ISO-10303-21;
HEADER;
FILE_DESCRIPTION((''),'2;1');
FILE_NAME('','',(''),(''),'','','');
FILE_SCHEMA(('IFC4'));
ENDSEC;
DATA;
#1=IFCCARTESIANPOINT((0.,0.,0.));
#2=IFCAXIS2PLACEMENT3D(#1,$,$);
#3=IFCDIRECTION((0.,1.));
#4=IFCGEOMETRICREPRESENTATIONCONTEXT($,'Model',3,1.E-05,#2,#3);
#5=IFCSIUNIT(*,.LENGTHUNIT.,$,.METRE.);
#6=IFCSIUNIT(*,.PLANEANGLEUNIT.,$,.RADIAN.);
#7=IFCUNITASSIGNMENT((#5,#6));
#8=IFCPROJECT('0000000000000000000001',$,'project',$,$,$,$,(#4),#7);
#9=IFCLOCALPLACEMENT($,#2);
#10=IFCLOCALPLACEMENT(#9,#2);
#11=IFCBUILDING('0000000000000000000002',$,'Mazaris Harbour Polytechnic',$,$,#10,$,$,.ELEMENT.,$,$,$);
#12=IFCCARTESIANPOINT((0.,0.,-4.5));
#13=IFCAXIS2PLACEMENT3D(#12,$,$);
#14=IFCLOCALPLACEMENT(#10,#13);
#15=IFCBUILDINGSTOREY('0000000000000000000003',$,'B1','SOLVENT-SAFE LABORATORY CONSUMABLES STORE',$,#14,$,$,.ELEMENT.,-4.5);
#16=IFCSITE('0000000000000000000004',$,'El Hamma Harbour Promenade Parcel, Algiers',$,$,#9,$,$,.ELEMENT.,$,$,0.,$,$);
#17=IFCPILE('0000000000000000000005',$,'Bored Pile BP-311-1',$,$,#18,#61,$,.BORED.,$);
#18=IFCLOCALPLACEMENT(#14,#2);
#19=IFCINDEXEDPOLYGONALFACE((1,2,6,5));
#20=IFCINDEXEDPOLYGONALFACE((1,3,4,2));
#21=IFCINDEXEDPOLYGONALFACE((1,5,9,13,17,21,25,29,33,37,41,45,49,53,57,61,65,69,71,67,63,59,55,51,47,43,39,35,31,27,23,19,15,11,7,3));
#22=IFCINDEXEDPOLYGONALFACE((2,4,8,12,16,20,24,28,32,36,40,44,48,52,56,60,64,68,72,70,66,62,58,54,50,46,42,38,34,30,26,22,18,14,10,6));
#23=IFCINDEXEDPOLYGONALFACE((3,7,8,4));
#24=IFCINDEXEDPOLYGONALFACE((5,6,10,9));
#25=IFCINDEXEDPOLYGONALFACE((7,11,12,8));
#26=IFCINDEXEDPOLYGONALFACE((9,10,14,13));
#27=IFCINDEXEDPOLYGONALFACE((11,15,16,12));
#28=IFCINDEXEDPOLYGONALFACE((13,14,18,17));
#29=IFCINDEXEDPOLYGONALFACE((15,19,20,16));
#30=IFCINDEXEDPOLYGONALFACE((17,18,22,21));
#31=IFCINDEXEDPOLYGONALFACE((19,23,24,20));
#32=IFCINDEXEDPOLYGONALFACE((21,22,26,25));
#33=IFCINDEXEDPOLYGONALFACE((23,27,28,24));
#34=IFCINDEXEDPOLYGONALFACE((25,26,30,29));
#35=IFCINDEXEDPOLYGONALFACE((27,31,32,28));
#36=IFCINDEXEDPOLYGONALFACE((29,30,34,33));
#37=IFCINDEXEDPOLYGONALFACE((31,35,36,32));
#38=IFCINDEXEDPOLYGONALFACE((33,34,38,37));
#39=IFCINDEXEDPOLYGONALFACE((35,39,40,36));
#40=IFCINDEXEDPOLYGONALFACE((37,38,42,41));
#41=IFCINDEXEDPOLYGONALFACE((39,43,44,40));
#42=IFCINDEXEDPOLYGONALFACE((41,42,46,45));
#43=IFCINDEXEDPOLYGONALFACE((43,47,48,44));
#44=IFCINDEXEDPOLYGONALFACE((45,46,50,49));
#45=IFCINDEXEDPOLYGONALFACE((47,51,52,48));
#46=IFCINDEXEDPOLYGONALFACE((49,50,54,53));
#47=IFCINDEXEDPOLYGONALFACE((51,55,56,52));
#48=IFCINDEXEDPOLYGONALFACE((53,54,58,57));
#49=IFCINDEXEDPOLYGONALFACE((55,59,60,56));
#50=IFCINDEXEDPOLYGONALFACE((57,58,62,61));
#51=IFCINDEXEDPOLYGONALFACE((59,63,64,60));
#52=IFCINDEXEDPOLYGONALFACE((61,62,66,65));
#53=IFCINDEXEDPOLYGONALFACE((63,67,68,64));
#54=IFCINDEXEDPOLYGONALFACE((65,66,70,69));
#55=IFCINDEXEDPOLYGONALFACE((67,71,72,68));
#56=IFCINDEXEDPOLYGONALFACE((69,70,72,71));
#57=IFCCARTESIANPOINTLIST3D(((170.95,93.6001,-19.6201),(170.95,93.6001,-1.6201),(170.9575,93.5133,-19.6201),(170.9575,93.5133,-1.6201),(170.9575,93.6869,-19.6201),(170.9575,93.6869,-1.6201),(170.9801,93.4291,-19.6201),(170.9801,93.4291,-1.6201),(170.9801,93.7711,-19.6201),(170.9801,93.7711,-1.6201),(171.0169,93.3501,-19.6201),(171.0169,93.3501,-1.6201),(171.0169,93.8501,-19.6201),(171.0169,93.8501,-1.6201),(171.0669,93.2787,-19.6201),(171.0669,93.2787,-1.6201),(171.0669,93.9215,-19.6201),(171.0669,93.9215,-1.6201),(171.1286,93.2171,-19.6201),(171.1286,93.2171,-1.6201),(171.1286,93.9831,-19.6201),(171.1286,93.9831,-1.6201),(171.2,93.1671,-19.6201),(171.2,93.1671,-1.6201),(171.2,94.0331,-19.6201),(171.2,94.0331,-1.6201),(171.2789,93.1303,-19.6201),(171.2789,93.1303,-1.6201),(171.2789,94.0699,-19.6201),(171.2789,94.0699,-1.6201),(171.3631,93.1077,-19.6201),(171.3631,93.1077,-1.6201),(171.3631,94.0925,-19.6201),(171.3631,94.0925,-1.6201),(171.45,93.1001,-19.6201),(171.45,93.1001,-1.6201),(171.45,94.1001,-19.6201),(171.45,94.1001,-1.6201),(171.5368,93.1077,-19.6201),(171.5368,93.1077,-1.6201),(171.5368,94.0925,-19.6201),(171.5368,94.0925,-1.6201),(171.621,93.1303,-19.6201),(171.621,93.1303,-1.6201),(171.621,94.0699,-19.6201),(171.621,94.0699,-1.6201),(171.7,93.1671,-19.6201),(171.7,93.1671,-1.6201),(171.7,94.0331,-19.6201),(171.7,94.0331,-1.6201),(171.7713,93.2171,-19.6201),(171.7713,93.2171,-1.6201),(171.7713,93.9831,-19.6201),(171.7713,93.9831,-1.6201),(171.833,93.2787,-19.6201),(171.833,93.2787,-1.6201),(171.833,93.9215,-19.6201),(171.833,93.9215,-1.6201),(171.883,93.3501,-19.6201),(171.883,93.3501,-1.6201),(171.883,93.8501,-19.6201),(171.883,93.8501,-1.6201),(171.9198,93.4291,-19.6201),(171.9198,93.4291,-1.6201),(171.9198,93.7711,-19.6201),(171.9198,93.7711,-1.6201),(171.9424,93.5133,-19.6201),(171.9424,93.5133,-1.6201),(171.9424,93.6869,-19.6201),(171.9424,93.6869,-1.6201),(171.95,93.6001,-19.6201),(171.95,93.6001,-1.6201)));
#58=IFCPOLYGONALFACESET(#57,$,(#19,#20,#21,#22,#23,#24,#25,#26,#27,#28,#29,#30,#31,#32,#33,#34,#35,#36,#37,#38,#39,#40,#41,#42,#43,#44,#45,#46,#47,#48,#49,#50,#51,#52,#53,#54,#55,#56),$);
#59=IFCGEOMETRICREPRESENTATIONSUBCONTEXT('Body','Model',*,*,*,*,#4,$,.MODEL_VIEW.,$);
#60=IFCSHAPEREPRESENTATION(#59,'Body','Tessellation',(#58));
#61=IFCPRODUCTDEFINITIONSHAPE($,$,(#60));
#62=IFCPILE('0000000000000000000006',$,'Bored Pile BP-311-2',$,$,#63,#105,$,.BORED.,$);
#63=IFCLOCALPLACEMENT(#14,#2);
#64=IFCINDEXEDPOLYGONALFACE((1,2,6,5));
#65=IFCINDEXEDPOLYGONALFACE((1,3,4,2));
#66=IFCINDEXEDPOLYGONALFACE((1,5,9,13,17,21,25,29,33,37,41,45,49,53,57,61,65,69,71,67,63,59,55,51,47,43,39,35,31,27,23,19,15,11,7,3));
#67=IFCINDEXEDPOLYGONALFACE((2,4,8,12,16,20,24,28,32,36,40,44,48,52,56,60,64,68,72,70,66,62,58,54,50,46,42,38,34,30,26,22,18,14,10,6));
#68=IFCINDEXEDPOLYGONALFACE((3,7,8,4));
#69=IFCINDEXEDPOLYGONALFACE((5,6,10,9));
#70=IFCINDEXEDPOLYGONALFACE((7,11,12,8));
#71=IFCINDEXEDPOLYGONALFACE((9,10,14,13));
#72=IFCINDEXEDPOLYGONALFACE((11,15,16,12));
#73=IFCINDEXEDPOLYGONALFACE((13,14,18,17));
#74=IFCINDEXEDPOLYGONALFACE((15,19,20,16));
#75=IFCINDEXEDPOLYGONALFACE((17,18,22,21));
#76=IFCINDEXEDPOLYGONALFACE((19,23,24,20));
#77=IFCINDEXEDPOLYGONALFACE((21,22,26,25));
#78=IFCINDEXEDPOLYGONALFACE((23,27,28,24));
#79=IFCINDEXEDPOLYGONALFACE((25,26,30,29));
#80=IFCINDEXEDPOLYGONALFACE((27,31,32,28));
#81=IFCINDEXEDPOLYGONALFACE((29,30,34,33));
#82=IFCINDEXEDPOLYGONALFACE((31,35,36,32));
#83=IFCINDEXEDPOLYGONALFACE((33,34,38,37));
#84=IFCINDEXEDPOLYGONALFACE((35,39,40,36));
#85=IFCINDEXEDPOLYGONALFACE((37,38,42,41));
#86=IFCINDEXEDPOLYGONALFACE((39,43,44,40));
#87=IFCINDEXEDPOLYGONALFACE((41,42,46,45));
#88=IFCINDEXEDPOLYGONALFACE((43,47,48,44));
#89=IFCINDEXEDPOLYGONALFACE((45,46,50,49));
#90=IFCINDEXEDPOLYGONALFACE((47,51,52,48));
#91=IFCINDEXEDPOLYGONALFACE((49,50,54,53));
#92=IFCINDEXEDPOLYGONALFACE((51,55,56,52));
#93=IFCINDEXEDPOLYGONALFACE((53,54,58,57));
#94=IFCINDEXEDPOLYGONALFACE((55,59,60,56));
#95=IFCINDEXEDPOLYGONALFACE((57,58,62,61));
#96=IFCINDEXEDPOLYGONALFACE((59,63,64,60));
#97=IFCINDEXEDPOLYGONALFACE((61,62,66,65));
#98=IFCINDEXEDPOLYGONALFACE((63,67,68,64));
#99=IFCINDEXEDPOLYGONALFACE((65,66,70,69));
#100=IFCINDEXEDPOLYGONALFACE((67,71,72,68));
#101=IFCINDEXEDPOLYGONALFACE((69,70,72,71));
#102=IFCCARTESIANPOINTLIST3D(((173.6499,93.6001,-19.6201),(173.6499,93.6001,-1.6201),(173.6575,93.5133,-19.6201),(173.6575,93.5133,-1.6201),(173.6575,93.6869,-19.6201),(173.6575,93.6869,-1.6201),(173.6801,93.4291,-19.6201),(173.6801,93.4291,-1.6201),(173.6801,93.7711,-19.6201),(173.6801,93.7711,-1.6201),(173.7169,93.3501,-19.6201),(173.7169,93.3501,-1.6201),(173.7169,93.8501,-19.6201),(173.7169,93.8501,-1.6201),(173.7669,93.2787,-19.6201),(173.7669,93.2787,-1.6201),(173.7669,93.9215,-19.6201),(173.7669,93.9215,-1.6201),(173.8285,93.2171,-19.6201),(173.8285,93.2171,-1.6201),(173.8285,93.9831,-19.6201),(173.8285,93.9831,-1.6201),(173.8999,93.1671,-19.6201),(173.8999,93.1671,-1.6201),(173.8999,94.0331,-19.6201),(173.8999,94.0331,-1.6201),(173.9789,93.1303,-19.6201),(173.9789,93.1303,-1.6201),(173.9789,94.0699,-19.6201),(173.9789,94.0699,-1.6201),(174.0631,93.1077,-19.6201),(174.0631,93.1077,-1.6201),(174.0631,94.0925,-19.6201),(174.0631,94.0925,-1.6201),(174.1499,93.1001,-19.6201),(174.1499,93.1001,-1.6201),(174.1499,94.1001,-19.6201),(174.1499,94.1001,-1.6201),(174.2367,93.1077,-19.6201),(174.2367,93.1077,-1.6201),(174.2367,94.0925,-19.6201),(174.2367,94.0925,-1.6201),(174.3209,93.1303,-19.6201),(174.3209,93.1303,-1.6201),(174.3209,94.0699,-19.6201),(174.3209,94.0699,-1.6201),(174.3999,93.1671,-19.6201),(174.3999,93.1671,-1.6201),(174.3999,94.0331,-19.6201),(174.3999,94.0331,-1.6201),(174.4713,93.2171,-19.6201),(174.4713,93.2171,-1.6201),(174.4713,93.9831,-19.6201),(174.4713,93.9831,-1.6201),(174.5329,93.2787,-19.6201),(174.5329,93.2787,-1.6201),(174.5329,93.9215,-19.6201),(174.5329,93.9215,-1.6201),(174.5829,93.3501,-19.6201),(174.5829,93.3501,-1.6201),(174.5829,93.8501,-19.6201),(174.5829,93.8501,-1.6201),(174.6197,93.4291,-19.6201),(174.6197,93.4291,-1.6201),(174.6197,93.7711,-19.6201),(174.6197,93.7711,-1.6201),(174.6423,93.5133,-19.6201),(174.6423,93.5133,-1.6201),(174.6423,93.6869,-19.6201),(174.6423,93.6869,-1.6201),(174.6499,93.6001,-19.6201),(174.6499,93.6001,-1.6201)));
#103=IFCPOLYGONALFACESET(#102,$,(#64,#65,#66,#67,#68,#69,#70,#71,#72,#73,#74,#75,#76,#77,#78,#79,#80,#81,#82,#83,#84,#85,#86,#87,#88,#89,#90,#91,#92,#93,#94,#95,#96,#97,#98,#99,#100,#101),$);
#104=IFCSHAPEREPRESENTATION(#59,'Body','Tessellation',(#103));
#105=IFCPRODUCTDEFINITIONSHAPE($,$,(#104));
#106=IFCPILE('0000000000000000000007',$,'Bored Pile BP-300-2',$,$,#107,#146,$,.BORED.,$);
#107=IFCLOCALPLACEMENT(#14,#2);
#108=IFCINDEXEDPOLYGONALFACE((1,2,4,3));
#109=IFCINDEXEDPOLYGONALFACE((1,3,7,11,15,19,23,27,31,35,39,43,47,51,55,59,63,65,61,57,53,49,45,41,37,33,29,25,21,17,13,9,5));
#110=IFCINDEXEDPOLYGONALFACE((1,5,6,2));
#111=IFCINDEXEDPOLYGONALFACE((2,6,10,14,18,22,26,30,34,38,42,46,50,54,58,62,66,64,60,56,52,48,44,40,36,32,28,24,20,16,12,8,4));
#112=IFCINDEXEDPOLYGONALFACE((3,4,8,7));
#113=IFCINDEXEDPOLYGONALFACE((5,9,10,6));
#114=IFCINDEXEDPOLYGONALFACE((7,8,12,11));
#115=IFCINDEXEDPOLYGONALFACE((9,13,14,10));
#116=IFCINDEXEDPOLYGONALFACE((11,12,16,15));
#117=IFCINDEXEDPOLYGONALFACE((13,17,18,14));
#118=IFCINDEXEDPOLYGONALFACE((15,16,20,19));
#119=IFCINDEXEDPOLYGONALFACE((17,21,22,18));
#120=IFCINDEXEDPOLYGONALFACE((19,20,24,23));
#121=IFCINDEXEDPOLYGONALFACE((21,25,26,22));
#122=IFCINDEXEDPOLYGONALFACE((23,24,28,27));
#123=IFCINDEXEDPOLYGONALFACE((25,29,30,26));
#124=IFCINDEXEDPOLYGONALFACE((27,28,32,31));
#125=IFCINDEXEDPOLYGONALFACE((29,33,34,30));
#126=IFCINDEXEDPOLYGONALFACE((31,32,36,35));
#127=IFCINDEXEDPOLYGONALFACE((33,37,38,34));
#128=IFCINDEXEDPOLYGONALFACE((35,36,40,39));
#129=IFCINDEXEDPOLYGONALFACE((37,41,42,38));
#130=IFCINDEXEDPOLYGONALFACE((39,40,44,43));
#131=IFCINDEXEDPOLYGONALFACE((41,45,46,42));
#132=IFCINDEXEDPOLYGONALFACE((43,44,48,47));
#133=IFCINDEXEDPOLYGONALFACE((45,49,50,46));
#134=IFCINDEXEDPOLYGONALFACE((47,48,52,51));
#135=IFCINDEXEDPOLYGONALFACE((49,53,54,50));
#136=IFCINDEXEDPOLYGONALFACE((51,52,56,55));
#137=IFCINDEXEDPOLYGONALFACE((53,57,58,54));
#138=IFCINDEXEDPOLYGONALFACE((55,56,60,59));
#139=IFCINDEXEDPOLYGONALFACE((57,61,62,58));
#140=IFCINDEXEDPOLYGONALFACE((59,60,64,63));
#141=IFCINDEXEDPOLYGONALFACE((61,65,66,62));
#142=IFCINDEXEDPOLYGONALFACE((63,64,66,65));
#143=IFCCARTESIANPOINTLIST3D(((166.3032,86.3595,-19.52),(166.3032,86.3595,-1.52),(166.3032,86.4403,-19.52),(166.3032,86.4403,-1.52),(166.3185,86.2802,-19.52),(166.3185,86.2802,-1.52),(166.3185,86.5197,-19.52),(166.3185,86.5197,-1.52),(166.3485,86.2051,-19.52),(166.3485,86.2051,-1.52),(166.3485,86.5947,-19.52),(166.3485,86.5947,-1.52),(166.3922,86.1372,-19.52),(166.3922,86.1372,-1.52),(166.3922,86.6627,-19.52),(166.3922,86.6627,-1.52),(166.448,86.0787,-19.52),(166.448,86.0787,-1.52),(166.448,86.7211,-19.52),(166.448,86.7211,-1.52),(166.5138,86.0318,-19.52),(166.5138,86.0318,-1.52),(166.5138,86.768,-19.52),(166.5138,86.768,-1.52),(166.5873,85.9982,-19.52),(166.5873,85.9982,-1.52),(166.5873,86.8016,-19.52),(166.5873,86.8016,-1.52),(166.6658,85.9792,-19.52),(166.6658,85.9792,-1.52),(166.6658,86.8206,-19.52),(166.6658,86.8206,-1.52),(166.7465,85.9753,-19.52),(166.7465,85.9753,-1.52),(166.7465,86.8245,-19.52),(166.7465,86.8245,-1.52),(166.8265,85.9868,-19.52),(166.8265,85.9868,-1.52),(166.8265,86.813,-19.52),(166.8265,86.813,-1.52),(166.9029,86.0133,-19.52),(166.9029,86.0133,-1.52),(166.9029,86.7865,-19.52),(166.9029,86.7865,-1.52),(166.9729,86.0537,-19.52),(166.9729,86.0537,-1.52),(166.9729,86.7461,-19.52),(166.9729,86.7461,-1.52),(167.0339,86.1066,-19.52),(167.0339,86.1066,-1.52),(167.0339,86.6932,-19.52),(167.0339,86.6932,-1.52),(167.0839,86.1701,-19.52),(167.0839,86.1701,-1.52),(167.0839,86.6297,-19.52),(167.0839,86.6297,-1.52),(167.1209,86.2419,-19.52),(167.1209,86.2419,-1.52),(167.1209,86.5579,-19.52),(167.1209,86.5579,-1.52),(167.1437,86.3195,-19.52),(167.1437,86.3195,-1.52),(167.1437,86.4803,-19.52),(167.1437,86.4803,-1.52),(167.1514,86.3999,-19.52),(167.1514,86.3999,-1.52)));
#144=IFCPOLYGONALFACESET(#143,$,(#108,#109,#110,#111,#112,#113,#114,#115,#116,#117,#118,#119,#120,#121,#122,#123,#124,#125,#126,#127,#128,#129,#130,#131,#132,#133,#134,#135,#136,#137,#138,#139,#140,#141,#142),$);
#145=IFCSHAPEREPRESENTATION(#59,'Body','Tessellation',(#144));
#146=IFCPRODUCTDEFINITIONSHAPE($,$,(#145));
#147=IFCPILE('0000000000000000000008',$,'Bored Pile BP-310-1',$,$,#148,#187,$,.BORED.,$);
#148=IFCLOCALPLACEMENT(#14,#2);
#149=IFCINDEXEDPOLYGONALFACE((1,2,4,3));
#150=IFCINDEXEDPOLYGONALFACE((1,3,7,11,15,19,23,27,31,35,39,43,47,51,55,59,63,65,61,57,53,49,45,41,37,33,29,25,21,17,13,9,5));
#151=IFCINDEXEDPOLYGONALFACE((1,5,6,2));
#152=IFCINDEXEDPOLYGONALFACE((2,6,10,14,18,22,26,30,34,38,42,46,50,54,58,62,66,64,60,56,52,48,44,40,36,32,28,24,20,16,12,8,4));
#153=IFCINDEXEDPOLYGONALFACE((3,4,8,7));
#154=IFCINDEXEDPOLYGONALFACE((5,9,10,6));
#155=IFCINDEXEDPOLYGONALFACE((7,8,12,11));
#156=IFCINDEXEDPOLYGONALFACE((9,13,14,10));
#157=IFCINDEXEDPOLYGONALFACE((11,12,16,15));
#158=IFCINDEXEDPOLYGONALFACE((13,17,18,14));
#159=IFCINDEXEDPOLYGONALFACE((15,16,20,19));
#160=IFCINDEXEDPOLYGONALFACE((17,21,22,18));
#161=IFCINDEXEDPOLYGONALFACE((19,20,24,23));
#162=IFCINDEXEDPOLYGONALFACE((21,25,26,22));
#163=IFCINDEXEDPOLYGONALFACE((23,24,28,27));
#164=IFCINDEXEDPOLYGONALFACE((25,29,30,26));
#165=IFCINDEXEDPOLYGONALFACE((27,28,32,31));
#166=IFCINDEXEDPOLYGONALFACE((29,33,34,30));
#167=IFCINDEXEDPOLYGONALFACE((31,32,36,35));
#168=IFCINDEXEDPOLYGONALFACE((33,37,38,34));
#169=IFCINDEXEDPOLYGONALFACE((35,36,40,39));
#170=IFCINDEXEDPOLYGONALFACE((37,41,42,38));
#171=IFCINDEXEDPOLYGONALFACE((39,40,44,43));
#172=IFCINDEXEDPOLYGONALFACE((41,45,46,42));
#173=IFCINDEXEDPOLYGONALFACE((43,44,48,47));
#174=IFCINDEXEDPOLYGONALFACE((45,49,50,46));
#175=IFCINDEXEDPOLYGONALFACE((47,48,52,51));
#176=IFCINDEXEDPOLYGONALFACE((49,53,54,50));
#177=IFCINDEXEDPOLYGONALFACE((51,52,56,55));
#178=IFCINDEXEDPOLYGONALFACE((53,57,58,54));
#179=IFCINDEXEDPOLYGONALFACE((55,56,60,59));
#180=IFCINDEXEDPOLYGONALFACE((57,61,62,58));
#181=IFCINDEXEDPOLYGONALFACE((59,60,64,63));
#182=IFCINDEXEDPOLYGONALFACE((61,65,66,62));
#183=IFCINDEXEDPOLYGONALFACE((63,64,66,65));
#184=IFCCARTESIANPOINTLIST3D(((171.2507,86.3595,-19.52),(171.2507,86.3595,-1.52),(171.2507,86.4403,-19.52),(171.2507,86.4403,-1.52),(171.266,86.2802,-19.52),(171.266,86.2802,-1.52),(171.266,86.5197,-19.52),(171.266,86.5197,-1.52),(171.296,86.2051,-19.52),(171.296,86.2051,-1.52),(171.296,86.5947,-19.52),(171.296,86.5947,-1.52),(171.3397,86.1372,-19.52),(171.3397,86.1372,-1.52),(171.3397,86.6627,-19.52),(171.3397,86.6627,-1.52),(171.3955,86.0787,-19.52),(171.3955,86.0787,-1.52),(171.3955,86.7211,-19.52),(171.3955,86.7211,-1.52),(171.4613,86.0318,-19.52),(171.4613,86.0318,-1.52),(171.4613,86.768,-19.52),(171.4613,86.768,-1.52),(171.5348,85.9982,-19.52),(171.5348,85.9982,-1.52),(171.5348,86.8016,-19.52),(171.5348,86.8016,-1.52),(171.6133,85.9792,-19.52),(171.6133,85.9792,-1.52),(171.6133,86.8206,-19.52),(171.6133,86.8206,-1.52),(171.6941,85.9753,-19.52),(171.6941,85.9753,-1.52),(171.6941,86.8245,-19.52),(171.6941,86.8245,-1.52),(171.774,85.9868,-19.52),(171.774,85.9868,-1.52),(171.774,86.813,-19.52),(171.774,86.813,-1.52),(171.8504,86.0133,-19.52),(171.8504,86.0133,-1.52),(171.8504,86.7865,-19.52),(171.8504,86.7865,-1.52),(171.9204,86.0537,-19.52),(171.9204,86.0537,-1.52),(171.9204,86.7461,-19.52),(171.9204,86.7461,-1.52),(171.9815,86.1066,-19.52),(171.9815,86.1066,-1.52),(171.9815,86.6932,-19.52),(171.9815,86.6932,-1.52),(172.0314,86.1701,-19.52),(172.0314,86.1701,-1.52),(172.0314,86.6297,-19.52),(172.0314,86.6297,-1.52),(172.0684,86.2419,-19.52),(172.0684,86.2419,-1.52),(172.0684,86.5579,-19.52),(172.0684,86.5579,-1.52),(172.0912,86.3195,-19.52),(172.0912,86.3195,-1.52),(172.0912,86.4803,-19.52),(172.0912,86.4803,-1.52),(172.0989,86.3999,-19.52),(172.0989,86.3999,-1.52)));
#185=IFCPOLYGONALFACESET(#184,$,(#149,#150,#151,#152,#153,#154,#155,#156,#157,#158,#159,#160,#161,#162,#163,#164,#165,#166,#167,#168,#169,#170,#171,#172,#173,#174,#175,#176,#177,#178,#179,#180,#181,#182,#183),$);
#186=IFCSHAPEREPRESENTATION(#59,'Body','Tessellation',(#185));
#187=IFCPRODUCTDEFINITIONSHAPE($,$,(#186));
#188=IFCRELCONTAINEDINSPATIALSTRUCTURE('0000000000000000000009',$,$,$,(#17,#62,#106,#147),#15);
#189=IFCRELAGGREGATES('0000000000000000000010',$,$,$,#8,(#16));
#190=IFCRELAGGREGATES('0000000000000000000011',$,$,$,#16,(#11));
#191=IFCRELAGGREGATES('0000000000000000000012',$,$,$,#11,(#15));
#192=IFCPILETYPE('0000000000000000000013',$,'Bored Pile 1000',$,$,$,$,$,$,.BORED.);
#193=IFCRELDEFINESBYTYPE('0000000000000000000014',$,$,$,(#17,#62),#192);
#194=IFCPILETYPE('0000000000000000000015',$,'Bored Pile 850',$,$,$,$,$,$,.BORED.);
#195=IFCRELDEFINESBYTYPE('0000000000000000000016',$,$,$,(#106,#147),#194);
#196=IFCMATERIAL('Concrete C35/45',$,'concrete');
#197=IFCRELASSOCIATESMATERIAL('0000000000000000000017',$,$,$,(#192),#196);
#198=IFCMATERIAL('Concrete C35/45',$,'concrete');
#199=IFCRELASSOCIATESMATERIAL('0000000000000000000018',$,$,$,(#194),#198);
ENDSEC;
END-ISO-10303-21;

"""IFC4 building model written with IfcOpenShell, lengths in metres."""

from ifc_helpers import new_model, si_unit, direction, frame, origin, origin_2d, place, context, subcontext, project, spatial, circle, extrude, material, material_profile, profile_set, type_object, element, save


model = new_model("IFC4")

# Units and contexts
model_context = context("Model", 3, precision=1e-05, world=origin(), true_north=direction((0.0, 1.0)))
body_context = subcontext(model_context, "Body", "Model", "MODEL_VIEW")
ifc_project = project(units=[si_unit("LENGTHUNIT", "METRE"), si_unit("PLANEANGLEUNIT", "RADIAN")], contexts=[model_context])

# Site, building, storey
site_placement = place(None, origin())
site = spatial("IfcSite", under=ifc_project, at=site_placement, Name="El Hamma Harbour Promenade Parcel, Algiers", CompositionType="ELEMENT", RefElevation=0.0)
building_placement = place(site_placement, origin())
building = spatial("IfcBuilding", under=site, at=building_placement, Name="Mazaris Harbour Polytechnic", CompositionType="ELEMENT")
storey_placement = place(building_placement, frame((0.0, 0.0, -4.5)))
storey = spatial("IfcBuildingStorey", under=building, at=storey_placement, Name="B1", Description="SOLVENT-SAFE LABORATORY CONSUMABLES STORE", CompositionType="ELEMENT", Elevation=-4.5)

# Piles
ifc_material_1 = material(Name="Concrete C35/45", Category="concrete")
ifc_material_profile_1 = material_profile(ifc_material_1, circle(Radius=0.5, at=origin_2d()), Name="DIA1000")
ifc_profile_set_1 = profile_set([ifc_material_profile_1], Name="Concrete C35/45")
pile_type_1 = type_object("IfcPileType", Name="Bored Pile 1000", PredefinedType="BORED", material=ifc_profile_set_1)
for number, where, z_axis, x_axis, name in (
    (1, (171.45, 93.6001, -1.6201), (0.0, 0.0, -1.0), (1.0, 0.0, 0.0), "Bored Pile BP-311-1"),
    (2, (174.1499, 93.6001, -1.6201), (0.0, 0.0, -1.0), (1.0, 0.0, 0.0), "Bored Pile BP-311-2"),
):
    element("IfcPile", number, at=place(storey_placement, frame(where, z_axis=z_axis, x_axis=x_axis)), inside=storey, type_object=pile_type_1, Name=name, PredefinedType="BORED", context=body_context, shape_type="SweptSolid", body=[
        extrude(circle(Radius=0.5, at=origin_2d()), origin(), (0.0, 0.0, 1.0), 18.0),
    ])
ifc_material_2 = material(Name="Concrete C35/45", Category="concrete")
ifc_material_profile_2 = material_profile(ifc_material_2, circle(Radius=0.425, at=origin_2d()), Name="DIA850")
ifc_profile_set_2 = profile_set([ifc_material_profile_2], Name="Concrete C35/45")
pile_type_2 = type_object("IfcPileType", Name="Bored Pile 850", PredefinedType="BORED", material=ifc_profile_set_2)
for number, where, z_axis, x_axis, name in (
    (3, (166.7263, 86.3999, -1.52), (0.0, 0.0, -1.0), (1.0, 0.0, 0.0), "Bored Pile BP-300-2"),
    (4, (171.6738, 86.3999, -1.52), (0.0, 0.0, -1.0), (1.0, 0.0, 0.0), "Bored Pile BP-310-1"),
):
    element("IfcPile", number, at=place(storey_placement, frame(where, z_axis=z_axis, x_axis=x_axis)), inside=storey, type_object=pile_type_2, Name=name, PredefinedType="BORED", context=body_context, shape_type="SweptSolid", body=[
        extrude(circle(Radius=0.425, at=origin_2d()), origin(), (0.0, 0.0, 1.0), 18.0),
    ])

save(model, "model.ifc")
